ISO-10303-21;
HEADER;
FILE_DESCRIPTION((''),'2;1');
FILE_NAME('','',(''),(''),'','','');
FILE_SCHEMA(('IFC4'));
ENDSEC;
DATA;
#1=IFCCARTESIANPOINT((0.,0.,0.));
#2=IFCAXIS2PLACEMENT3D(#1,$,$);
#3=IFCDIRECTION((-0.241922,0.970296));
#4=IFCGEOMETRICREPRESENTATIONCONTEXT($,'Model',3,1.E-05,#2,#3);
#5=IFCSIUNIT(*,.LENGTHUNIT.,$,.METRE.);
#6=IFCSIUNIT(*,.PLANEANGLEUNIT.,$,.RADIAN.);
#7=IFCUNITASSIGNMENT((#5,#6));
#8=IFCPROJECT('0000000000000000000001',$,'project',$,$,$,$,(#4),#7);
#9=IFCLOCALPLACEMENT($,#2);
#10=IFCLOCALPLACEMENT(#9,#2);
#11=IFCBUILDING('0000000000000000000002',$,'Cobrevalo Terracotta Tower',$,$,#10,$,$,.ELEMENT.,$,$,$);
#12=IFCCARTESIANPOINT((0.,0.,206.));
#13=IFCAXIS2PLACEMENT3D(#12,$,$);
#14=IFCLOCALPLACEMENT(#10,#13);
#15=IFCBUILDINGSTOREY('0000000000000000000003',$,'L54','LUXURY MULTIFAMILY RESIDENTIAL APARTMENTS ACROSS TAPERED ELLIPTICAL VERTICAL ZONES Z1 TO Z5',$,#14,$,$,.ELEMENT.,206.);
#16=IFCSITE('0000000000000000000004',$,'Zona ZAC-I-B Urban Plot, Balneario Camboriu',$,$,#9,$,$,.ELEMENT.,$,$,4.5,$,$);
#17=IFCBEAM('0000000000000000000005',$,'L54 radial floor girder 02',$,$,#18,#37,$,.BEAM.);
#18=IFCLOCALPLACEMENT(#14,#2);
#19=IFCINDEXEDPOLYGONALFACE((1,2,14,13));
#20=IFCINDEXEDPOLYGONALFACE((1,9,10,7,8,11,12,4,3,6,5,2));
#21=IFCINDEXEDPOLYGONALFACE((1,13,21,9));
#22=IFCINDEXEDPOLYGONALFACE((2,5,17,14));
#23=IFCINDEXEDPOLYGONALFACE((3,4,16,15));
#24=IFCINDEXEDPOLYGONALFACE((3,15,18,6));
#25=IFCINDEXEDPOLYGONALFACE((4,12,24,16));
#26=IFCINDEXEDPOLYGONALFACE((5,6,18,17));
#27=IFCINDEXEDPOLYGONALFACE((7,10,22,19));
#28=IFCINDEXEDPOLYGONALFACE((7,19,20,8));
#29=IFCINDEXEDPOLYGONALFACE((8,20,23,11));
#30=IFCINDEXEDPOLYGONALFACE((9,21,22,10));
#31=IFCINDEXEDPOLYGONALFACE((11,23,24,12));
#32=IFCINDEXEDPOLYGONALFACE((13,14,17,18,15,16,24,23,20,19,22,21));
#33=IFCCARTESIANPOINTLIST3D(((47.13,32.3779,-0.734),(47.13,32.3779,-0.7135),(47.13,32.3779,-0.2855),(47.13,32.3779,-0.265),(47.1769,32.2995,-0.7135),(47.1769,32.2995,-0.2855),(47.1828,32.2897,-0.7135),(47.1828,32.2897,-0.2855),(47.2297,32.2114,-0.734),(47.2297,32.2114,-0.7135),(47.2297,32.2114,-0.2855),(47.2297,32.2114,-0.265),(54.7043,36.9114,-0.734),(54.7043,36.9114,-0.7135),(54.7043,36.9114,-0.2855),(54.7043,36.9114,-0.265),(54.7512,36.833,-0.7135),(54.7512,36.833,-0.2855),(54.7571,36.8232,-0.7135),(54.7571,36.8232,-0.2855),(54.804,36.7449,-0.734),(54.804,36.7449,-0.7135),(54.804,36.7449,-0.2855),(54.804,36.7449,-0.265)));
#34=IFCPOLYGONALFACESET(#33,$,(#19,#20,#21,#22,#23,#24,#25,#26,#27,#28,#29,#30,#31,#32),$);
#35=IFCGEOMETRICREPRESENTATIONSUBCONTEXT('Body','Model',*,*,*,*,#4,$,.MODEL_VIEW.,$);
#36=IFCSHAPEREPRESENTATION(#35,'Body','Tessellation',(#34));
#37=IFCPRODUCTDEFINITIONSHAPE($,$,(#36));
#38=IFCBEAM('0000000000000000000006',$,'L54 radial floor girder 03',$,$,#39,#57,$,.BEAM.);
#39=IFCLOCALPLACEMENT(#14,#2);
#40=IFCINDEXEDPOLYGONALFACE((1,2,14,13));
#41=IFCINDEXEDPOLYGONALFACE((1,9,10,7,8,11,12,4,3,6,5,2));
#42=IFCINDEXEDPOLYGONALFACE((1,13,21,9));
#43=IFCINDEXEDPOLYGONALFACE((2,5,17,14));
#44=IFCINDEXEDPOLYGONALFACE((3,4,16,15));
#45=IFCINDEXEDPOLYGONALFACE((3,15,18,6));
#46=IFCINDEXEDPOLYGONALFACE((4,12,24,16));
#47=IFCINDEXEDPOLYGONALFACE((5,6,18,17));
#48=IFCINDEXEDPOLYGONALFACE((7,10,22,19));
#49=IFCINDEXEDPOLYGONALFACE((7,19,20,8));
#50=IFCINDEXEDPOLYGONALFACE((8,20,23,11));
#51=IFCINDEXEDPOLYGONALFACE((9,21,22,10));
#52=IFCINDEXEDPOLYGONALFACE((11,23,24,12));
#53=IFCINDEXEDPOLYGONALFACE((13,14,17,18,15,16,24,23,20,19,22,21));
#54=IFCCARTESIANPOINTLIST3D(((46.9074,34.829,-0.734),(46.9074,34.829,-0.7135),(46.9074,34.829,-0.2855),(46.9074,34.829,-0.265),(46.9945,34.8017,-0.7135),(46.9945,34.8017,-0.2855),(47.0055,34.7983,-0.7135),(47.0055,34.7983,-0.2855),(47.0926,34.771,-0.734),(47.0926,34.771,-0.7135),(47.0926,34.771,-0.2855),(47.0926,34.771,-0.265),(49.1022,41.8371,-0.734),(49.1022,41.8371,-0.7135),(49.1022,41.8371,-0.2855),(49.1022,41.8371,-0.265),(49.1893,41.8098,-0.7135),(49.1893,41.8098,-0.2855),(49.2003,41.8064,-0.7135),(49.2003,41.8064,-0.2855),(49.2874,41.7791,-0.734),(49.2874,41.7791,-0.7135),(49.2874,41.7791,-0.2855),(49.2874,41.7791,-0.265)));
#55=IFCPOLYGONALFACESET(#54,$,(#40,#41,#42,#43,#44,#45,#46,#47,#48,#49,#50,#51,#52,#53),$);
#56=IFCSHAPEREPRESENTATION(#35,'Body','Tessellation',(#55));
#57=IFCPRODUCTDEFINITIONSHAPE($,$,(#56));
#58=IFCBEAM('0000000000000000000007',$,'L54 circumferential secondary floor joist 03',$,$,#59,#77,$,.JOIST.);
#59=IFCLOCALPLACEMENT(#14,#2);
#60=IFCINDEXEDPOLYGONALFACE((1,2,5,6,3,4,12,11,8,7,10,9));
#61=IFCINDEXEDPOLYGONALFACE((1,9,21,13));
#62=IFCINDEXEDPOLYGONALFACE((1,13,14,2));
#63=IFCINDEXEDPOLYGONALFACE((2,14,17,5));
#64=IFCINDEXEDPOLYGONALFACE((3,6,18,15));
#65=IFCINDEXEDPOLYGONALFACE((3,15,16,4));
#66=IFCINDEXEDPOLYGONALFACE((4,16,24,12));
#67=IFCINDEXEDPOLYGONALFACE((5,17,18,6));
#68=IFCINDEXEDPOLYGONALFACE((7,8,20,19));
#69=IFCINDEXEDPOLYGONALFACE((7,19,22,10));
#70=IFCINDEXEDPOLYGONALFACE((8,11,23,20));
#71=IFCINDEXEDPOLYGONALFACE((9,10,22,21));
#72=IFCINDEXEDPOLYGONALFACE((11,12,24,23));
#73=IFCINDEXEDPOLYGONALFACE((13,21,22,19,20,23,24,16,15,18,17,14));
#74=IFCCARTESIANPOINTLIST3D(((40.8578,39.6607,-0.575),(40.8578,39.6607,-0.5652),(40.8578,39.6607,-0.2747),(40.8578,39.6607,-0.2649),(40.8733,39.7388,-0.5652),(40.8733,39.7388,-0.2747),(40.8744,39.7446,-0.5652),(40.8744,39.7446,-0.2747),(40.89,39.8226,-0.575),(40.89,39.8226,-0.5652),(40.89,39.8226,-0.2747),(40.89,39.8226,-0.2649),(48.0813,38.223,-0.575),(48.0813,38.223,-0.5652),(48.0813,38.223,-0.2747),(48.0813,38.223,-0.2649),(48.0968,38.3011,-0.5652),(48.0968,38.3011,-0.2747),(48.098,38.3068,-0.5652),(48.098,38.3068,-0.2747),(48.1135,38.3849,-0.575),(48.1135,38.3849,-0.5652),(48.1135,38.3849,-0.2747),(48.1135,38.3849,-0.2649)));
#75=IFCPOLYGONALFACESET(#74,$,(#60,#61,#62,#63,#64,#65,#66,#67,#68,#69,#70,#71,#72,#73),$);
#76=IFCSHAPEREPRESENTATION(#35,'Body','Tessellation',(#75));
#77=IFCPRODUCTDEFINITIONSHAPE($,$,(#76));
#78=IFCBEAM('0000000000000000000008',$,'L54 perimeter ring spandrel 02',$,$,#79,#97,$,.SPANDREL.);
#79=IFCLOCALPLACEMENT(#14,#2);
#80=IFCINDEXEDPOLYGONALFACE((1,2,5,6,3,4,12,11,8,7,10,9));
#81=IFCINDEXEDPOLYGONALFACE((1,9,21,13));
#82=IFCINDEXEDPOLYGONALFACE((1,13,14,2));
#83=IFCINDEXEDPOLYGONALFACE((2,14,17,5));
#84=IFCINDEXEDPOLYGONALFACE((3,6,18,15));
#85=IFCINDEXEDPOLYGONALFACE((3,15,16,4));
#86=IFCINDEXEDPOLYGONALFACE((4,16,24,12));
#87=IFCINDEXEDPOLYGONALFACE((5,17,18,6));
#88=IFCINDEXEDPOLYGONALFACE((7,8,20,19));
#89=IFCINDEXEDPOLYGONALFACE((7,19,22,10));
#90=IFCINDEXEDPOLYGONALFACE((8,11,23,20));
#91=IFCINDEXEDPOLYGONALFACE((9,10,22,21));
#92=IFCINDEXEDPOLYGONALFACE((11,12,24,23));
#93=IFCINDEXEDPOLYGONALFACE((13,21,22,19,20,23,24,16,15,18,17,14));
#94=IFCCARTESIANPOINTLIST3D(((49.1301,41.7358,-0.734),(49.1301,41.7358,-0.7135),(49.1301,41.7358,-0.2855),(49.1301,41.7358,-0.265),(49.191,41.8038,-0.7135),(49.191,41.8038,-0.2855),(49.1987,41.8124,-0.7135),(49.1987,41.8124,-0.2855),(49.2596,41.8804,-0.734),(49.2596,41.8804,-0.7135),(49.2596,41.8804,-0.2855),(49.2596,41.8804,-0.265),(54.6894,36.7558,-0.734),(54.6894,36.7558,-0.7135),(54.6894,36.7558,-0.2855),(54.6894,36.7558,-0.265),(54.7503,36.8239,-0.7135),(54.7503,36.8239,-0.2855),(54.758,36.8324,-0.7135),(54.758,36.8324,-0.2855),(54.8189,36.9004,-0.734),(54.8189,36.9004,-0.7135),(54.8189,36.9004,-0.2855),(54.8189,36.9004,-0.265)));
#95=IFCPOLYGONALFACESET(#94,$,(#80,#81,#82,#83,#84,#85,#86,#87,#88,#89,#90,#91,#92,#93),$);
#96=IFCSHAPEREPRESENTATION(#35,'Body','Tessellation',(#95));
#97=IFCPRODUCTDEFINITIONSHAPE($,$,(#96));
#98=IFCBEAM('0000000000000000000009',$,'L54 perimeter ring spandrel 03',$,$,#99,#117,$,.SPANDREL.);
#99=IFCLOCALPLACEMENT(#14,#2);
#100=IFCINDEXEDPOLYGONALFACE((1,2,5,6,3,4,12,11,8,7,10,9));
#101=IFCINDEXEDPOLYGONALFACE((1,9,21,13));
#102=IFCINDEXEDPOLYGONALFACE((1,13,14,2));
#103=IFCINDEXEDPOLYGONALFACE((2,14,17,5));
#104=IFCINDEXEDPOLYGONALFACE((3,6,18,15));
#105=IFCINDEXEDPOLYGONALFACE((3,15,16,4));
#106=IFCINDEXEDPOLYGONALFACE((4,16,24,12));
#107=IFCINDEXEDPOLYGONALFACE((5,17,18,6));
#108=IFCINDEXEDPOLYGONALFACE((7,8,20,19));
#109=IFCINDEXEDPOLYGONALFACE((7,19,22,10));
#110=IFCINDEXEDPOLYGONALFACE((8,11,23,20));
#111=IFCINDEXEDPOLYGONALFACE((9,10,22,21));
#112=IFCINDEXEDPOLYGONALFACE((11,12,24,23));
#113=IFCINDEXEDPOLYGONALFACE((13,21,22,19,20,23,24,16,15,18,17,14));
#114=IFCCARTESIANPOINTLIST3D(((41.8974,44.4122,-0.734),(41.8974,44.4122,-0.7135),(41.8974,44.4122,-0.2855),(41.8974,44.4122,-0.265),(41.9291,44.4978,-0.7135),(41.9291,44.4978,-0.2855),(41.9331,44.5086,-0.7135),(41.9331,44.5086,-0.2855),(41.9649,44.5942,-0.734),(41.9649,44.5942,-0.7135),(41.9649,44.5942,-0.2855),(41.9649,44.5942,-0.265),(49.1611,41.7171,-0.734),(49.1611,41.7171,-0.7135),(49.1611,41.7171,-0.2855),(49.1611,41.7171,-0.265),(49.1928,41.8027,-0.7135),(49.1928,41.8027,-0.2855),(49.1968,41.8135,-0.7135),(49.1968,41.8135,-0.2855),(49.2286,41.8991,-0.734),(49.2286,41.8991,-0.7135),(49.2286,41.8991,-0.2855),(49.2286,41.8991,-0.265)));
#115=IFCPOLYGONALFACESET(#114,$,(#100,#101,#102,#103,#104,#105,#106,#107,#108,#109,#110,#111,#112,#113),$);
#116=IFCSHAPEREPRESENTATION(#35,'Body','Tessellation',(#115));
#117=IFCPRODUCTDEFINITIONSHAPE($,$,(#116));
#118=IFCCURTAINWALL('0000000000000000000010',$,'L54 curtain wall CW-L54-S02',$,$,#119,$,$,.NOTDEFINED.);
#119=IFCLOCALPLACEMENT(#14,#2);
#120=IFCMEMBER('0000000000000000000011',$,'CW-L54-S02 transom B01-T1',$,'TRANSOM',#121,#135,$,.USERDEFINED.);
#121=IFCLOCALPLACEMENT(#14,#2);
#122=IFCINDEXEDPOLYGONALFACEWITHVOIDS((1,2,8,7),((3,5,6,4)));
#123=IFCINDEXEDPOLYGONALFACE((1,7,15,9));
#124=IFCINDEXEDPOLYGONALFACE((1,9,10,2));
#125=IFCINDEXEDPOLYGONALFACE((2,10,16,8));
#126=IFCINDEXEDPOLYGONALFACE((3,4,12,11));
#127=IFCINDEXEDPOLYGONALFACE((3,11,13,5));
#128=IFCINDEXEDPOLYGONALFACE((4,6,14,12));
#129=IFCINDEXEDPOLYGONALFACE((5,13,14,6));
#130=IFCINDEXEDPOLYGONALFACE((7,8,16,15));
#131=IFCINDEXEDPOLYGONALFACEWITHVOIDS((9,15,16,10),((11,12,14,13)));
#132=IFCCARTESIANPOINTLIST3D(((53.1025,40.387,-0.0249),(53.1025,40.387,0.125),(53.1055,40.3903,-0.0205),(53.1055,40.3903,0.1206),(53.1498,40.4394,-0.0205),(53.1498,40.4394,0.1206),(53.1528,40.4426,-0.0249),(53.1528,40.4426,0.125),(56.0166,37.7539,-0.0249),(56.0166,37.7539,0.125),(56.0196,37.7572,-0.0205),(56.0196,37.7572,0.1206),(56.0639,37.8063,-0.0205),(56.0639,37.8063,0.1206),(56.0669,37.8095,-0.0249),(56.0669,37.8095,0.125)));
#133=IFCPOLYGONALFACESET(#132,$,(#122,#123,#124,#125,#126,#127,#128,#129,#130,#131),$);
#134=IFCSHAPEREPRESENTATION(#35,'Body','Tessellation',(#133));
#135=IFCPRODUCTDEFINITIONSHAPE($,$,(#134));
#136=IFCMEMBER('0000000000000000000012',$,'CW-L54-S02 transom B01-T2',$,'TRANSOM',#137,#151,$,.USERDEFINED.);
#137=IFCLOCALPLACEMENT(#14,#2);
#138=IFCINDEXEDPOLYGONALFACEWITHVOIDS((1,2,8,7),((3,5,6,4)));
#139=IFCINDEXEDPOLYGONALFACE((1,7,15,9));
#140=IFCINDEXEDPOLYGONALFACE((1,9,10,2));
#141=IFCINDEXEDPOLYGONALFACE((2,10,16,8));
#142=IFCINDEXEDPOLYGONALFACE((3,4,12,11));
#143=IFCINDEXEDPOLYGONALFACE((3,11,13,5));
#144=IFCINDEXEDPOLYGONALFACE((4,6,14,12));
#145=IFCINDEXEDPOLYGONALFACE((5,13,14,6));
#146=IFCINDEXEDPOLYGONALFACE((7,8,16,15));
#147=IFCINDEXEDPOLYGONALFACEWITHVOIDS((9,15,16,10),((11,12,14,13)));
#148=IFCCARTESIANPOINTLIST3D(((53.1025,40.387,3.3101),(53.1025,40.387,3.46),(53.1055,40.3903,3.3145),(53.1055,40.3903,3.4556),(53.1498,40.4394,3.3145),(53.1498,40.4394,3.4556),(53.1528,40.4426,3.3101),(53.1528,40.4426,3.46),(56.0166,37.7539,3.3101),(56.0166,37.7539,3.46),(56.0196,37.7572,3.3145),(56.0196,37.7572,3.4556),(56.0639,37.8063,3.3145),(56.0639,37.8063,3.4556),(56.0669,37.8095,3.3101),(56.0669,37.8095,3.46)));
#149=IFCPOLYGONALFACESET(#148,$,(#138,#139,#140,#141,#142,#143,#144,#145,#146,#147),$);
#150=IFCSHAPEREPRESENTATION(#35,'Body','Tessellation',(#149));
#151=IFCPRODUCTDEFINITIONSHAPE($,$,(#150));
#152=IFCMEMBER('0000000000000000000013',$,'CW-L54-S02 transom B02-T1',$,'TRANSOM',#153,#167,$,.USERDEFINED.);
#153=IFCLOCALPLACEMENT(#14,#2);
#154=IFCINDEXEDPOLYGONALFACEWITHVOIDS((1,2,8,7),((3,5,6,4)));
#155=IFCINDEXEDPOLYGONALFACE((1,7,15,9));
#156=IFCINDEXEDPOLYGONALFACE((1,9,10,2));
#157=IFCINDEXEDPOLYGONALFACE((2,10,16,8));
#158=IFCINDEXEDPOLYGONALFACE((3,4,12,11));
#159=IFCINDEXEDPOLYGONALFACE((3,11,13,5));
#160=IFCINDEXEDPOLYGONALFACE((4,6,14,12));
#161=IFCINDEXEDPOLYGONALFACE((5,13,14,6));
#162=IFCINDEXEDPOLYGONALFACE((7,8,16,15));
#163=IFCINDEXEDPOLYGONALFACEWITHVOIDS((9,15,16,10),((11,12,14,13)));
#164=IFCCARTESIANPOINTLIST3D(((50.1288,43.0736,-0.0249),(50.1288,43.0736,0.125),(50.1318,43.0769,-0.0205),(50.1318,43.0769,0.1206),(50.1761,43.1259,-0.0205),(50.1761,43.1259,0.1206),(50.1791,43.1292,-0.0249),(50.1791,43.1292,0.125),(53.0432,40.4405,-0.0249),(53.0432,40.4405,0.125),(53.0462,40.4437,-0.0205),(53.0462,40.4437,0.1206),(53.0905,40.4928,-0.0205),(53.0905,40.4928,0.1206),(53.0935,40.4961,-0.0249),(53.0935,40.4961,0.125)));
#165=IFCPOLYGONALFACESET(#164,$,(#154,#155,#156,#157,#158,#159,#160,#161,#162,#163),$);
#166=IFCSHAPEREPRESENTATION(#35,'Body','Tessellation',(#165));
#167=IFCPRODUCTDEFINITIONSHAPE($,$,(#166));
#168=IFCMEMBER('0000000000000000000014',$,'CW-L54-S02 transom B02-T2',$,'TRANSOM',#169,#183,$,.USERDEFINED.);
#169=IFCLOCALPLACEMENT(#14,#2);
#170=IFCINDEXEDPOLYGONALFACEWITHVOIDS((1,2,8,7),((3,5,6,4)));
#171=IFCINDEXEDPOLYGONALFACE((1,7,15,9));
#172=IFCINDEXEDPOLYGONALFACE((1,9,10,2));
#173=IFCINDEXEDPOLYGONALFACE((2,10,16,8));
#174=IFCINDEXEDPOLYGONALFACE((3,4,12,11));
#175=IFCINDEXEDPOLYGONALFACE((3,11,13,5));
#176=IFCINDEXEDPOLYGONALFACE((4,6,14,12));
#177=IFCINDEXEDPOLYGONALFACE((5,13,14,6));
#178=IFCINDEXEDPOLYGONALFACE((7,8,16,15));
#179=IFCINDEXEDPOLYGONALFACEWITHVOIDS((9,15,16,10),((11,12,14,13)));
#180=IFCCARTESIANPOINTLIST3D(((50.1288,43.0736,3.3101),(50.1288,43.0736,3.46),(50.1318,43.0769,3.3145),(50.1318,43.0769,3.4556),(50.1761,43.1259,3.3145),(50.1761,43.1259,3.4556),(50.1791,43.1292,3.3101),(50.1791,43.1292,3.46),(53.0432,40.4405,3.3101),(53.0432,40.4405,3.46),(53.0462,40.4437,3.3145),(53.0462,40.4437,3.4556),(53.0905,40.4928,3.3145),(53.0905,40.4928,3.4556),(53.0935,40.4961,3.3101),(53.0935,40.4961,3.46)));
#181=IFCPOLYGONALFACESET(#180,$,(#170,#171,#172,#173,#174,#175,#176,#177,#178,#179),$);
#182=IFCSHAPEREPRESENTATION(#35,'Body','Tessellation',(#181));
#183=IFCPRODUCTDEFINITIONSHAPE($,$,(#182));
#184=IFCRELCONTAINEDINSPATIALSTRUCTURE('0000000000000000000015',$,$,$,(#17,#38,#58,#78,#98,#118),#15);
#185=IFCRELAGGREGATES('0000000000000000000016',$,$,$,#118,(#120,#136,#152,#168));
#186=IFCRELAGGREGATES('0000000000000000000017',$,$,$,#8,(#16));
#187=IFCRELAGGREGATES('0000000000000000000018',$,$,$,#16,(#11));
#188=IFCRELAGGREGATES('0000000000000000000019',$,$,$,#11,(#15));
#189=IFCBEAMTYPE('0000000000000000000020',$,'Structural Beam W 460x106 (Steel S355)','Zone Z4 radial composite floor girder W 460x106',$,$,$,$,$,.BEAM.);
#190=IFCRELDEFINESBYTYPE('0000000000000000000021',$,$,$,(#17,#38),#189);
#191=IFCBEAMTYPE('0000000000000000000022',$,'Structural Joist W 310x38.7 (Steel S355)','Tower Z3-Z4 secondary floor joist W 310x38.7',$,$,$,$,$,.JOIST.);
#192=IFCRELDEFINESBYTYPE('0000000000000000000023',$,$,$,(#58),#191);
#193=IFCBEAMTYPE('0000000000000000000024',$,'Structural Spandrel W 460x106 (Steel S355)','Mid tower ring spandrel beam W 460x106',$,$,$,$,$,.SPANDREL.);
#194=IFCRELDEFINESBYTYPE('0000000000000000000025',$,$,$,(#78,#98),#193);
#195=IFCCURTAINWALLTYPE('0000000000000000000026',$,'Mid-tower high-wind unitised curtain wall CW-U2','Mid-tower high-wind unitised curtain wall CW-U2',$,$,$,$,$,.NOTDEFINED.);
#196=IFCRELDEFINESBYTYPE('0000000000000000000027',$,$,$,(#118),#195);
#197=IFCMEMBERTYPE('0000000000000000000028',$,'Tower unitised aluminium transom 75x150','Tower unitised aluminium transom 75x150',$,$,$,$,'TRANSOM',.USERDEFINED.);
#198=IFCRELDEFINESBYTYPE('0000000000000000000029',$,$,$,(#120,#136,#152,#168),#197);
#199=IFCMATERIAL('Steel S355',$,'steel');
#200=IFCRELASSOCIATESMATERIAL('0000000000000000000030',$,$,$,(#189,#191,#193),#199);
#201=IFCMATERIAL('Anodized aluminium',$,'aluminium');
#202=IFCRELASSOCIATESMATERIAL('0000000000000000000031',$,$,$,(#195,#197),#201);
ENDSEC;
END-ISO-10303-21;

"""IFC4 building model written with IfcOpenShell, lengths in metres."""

from ifc_helpers import new_model, si_unit, direction, frame, origin, origin_2d, place, context, subcontext, project, spatial, hollow_rectangle, i_section, extrude, source, transform, mapped, material, material_profile, profile_set, type_object, element, aggregate, save


model = new_model("IFC4")

# Units and contexts
model_context = context("Model", 3, precision=1e-05, world=origin(), true_north=direction((-0.241922, 0.970296)))
body_context = subcontext(model_context, "Body", "Model", "MODEL_VIEW")
ifc_project = project(units=[si_unit("LENGTHUNIT", "METRE"), si_unit("PLANEANGLEUNIT", "RADIAN")], contexts=[model_context])

# Site, building, storey
site_placement = place(None, origin())
site = spatial("IfcSite", under=ifc_project, at=site_placement, Name="Zona ZAC-I-B Urban Plot, Balneario Camboriu", CompositionType="ELEMENT", RefElevation=4.5)
building_placement = place(site_placement, origin())
building = spatial("IfcBuilding", under=site, at=building_placement, Name="Cobrevalo Terracotta Tower", CompositionType="ELEMENT")
storey_placement = place(building_placement, frame((0.0, 0.0, 206.0)))
storey = spatial("IfcBuildingStorey", under=building, at=storey_placement, Name="L54", Description="LUXURY MULTIFAMILY RESIDENTIAL APARTMENTS ACROSS TAPERED ELLIPTICAL VERTICAL ZONES Z1 TO Z5", CompositionType="ELEMENT", Elevation=206.0)

# Shared definitions
ifc_material_1 = material(Name="Steel S355", Category="steel")

# Beams
ifc_material_profile_1 = material_profile(ifc_material_1, i_section(OverallWidth=0.1941, OverallDepth=0.469, WebThickness=0.0115, FlangeThickness=0.0205, at=origin_2d()), Name="W 460x106")
ifc_profile_set_1 = profile_set([ifc_material_profile_1], Name="Steel S355")
beam_type_1 = type_object("IfcBeamType", Name="Structural Beam W 460x106 (Steel S355)", Description="Zone Z4 radial composite floor girder W 460x106", PredefinedType="BEAM", material=ifc_profile_set_1)
beam_1_placement = place(storey_placement, frame((54.7542, 36.8281, -0.4995), z_axis=(-0.858046, -0.513572, 0.0), x_axis=(0.513572, -0.858046, 0.0)))
element("IfcBeam", 1, at=beam_1_placement, inside=storey, type_object=beam_type_1, Name="L54 radial floor girder 02", PredefinedType="BEAM", context=body_context, shape_type="SweptSolid", body=[
    extrude(i_section(OverallWidth=0.1941, OverallDepth=0.469, WebThickness=0.0115, FlangeThickness=0.0205, at=origin_2d()), origin(), (0.0, 0.0, 1.0), 8.8274),
])
beam_2_placement = place(storey_placement, frame((49.1948, 41.8081, -0.4995), z_axis=(-0.298871, -0.954293, 0.0), x_axis=(0.954293, -0.298871, 0.0)))
element("IfcBeam", 2, at=beam_2_placement, inside=storey, type_object=beam_type_1, Name="L54 radial floor girder 03", PredefinedType="BEAM", context=body_context, shape_type="SweptSolid", body=[
    extrude(i_section(OverallWidth=0.1941, OverallDepth=0.469, WebThickness=0.0115, FlangeThickness=0.0205, at=origin_2d()), origin(), (0.0, 0.0, 1.0), 7.3438),
])
ifc_material_profile_2 = material_profile(ifc_material_1, i_section(OverallWidth=0.165, OverallDepth=0.3101, WebThickness=0.0059, FlangeThickness=0.0098, at=origin_2d()), Name="W 310x38.7")
ifc_profile_set_2 = profile_set([ifc_material_profile_2], Name="Steel S355")
beam_type_2 = type_object("IfcBeamType", Name="Structural Joist W 310x38.7 (Steel S355)", Description="Tower Z3-Z4 secondary floor joist W 310x38.7", PredefinedType="JOIST", material=ifc_profile_set_2)
beam_3_placement = place(storey_placement, frame((48.0974, 38.304, -0.4199), z_axis=(-0.980763, 0.195204, 0.0), x_axis=(-0.195204, -0.980763, 0.0)))
element("IfcBeam", 3, at=beam_3_placement, inside=storey, type_object=beam_type_2, Name="L54 circumferential secondary floor joist 03", PredefinedType="JOIST", context=body_context, shape_type="SweptSolid", body=[
    extrude(i_section(OverallWidth=0.165, OverallDepth=0.3101, WebThickness=0.0059, FlangeThickness=0.0098, at=origin_2d()), origin(), (0.0, 0.0, 1.0), 7.3652),
])
ifc_material_profile_3 = material_profile(ifc_material_1, i_section(OverallWidth=0.1941, OverallDepth=0.469, WebThickness=0.0115, FlangeThickness=0.0205, at=origin_2d()), Name="W 460x106")
ifc_profile_set_3 = profile_set([ifc_material_profile_3], Name="Steel S355")
beam_type_3 = type_object("IfcBeamType", Name="Structural Spandrel W 460x106 (Steel S355)", Description="Mid tower ring spandrel beam W 460x106", PredefinedType="SPANDREL", material=ifc_profile_set_3)
beam_4_placement = place(storey_placement, frame((54.7542, 36.8281, -0.4995), z_axis=(-0.744852, 0.66723, 0.0), x_axis=(-0.66723, -0.744852, 0.0)))
element("IfcBeam", 4, at=beam_4_placement, inside=storey, type_object=beam_type_3, Name="L54 perimeter ring spandrel 02", PredefinedType="SPANDREL", context=body_context, shape_type="SweptSolid", body=[
    extrude(i_section(OverallWidth=0.1941, OverallDepth=0.469, WebThickness=0.0115, FlangeThickness=0.0205, at=origin_2d()), origin(), (0.0, 0.0, 1.0), 7.4636),
])
beam_5_placement = place(storey_placement, frame((49.1948, 41.8081, -0.4995), z_axis=(-0.937546, 0.347861, 0.0), x_axis=(-0.347861, -0.937546, 0.0)))
element("IfcBeam", 5, at=beam_5_placement, inside=storey, type_object=beam_type_3, Name="L54 perimeter ring spandrel 03", PredefinedType="SPANDREL", context=body_context, shape_type="SweptSolid", body=[
    extrude(i_section(OverallWidth=0.1941, OverallDepth=0.469, WebThickness=0.0115, FlangeThickness=0.0205, at=origin_2d()), origin(), (0.0, 0.0, 1.0), 7.7476),
])

# Curtain wall, members
ifc_material_2 = material(Name="Anodized aluminium", Category="aluminium")
curtain_wall_type = type_object("IfcCurtainWallType", Name="Mid-tower high-wind unitised curtain wall CW-U2", Description="Mid-tower high-wind unitised curtain wall CW-U2", PredefinedType="NOTDEFINED", material=ifc_material_2)
curtain_wall_1_placement = place(storey_placement, origin())
curtain_wall_1 = element("IfcCurtainWall", 6, at=curtain_wall_1_placement, inside=storey, type_object=curtain_wall_type, Name="L54 curtain wall CW-L54-S02", PredefinedType="NOTDEFINED")
ifc_material_profile_4 = material_profile(ifc_material_2, hollow_rectangle(XDim=0.075, YDim=0.1499, WallThickness=0.0044, at=origin_2d()), Name="CWT 75x150")
ifc_profile_set_4 = profile_set([ifc_material_profile_4], Name="Anodized aluminium")
member_type_1 = type_object("IfcMemberType", Name="Tower unitised aluminium transom 75x150", Description="Tower unitised aluminium transom 75x150", ElementType="TRANSOM", PredefinedType="USERDEFINED", material=ifc_profile_set_4)
shared_shape_1 = source(origin(), body_context, "Body", "SweptSolid", [
    extrude(hollow_rectangle(XDim=0.075, YDim=0.1499, WallThickness=0.0044, at=origin_2d()), origin(), (0.0, 0.0, 1.0), 3.9275),
])
member_1_placement = place(storey_placement, frame((56.0417, 37.7817, 0.05), z_axis=(-0.741976, 0.670426, 0.0), x_axis=(-0.670426, -0.741976, 0.0)))
member_1 = element("IfcMember", 7, at=member_1_placement, type_object=member_type_1, Name="CW-L54-S02 transom B01-T1", ObjectType="TRANSOM", PredefinedType="USERDEFINED", context=body_context, shape_type="MappedRepresentation", body=[
    mapped(shared_shape_1, transform((0.0, 0.0, 0.0), scale=1.0)),
])
member_2_placement = place(storey_placement, frame((56.0417, 37.7817, 3.385), z_axis=(-0.741976, 0.670426, 0.0), x_axis=(-0.670426, -0.741976, 0.0)))
member_2 = element("IfcMember", 8, at=member_2_placement, type_object=member_type_1, Name="CW-L54-S02 transom B01-T2", ObjectType="TRANSOM", PredefinedType="USERDEFINED", context=body_context, shape_type="MappedRepresentation", body=[
    mapped(shared_shape_1, transform((0.0, 0.0, 0.0), scale=1.0)),
])
shared_shape_2 = source(origin(), body_context, "Body", "SweptSolid", [
    extrude(hollow_rectangle(XDim=0.075, YDim=0.1499, WallThickness=0.0044, at=origin_2d()), origin(), (0.0, 0.0, 1.0), 3.9277),
])
member_3_placement = place(storey_placement, frame((53.0684, 40.4683, 0.05), z_axis=(-0.742004, 0.670396, 0.0), x_axis=(-0.670396, -0.742004, 0.0)))
member_3 = element("IfcMember", 9, at=member_3_placement, type_object=member_type_1, Name="CW-L54-S02 transom B02-T1", ObjectType="TRANSOM", PredefinedType="USERDEFINED", context=body_context, shape_type="MappedRepresentation", body=[
    mapped(shared_shape_2, transform((0.0, 0.0, 0.0), scale=1.0)),
])
member_4_placement = place(storey_placement, frame((53.0684, 40.4683, 3.385), z_axis=(-0.742004, 0.670396, 0.0), x_axis=(-0.670396, -0.742004, 0.0)))
member_4 = element("IfcMember", 10, at=member_4_placement, type_object=member_type_1, Name="CW-L54-S02 transom B02-T2", ObjectType="TRANSOM", PredefinedType="USERDEFINED", context=body_context, shape_type="MappedRepresentation", body=[
    mapped(shared_shape_2, transform((0.0, 0.0, 0.0), scale=1.0)),
])

aggregate(curtain_wall_1, [member_1, member_2, member_3, member_4])

save(model, "model.ifc")
